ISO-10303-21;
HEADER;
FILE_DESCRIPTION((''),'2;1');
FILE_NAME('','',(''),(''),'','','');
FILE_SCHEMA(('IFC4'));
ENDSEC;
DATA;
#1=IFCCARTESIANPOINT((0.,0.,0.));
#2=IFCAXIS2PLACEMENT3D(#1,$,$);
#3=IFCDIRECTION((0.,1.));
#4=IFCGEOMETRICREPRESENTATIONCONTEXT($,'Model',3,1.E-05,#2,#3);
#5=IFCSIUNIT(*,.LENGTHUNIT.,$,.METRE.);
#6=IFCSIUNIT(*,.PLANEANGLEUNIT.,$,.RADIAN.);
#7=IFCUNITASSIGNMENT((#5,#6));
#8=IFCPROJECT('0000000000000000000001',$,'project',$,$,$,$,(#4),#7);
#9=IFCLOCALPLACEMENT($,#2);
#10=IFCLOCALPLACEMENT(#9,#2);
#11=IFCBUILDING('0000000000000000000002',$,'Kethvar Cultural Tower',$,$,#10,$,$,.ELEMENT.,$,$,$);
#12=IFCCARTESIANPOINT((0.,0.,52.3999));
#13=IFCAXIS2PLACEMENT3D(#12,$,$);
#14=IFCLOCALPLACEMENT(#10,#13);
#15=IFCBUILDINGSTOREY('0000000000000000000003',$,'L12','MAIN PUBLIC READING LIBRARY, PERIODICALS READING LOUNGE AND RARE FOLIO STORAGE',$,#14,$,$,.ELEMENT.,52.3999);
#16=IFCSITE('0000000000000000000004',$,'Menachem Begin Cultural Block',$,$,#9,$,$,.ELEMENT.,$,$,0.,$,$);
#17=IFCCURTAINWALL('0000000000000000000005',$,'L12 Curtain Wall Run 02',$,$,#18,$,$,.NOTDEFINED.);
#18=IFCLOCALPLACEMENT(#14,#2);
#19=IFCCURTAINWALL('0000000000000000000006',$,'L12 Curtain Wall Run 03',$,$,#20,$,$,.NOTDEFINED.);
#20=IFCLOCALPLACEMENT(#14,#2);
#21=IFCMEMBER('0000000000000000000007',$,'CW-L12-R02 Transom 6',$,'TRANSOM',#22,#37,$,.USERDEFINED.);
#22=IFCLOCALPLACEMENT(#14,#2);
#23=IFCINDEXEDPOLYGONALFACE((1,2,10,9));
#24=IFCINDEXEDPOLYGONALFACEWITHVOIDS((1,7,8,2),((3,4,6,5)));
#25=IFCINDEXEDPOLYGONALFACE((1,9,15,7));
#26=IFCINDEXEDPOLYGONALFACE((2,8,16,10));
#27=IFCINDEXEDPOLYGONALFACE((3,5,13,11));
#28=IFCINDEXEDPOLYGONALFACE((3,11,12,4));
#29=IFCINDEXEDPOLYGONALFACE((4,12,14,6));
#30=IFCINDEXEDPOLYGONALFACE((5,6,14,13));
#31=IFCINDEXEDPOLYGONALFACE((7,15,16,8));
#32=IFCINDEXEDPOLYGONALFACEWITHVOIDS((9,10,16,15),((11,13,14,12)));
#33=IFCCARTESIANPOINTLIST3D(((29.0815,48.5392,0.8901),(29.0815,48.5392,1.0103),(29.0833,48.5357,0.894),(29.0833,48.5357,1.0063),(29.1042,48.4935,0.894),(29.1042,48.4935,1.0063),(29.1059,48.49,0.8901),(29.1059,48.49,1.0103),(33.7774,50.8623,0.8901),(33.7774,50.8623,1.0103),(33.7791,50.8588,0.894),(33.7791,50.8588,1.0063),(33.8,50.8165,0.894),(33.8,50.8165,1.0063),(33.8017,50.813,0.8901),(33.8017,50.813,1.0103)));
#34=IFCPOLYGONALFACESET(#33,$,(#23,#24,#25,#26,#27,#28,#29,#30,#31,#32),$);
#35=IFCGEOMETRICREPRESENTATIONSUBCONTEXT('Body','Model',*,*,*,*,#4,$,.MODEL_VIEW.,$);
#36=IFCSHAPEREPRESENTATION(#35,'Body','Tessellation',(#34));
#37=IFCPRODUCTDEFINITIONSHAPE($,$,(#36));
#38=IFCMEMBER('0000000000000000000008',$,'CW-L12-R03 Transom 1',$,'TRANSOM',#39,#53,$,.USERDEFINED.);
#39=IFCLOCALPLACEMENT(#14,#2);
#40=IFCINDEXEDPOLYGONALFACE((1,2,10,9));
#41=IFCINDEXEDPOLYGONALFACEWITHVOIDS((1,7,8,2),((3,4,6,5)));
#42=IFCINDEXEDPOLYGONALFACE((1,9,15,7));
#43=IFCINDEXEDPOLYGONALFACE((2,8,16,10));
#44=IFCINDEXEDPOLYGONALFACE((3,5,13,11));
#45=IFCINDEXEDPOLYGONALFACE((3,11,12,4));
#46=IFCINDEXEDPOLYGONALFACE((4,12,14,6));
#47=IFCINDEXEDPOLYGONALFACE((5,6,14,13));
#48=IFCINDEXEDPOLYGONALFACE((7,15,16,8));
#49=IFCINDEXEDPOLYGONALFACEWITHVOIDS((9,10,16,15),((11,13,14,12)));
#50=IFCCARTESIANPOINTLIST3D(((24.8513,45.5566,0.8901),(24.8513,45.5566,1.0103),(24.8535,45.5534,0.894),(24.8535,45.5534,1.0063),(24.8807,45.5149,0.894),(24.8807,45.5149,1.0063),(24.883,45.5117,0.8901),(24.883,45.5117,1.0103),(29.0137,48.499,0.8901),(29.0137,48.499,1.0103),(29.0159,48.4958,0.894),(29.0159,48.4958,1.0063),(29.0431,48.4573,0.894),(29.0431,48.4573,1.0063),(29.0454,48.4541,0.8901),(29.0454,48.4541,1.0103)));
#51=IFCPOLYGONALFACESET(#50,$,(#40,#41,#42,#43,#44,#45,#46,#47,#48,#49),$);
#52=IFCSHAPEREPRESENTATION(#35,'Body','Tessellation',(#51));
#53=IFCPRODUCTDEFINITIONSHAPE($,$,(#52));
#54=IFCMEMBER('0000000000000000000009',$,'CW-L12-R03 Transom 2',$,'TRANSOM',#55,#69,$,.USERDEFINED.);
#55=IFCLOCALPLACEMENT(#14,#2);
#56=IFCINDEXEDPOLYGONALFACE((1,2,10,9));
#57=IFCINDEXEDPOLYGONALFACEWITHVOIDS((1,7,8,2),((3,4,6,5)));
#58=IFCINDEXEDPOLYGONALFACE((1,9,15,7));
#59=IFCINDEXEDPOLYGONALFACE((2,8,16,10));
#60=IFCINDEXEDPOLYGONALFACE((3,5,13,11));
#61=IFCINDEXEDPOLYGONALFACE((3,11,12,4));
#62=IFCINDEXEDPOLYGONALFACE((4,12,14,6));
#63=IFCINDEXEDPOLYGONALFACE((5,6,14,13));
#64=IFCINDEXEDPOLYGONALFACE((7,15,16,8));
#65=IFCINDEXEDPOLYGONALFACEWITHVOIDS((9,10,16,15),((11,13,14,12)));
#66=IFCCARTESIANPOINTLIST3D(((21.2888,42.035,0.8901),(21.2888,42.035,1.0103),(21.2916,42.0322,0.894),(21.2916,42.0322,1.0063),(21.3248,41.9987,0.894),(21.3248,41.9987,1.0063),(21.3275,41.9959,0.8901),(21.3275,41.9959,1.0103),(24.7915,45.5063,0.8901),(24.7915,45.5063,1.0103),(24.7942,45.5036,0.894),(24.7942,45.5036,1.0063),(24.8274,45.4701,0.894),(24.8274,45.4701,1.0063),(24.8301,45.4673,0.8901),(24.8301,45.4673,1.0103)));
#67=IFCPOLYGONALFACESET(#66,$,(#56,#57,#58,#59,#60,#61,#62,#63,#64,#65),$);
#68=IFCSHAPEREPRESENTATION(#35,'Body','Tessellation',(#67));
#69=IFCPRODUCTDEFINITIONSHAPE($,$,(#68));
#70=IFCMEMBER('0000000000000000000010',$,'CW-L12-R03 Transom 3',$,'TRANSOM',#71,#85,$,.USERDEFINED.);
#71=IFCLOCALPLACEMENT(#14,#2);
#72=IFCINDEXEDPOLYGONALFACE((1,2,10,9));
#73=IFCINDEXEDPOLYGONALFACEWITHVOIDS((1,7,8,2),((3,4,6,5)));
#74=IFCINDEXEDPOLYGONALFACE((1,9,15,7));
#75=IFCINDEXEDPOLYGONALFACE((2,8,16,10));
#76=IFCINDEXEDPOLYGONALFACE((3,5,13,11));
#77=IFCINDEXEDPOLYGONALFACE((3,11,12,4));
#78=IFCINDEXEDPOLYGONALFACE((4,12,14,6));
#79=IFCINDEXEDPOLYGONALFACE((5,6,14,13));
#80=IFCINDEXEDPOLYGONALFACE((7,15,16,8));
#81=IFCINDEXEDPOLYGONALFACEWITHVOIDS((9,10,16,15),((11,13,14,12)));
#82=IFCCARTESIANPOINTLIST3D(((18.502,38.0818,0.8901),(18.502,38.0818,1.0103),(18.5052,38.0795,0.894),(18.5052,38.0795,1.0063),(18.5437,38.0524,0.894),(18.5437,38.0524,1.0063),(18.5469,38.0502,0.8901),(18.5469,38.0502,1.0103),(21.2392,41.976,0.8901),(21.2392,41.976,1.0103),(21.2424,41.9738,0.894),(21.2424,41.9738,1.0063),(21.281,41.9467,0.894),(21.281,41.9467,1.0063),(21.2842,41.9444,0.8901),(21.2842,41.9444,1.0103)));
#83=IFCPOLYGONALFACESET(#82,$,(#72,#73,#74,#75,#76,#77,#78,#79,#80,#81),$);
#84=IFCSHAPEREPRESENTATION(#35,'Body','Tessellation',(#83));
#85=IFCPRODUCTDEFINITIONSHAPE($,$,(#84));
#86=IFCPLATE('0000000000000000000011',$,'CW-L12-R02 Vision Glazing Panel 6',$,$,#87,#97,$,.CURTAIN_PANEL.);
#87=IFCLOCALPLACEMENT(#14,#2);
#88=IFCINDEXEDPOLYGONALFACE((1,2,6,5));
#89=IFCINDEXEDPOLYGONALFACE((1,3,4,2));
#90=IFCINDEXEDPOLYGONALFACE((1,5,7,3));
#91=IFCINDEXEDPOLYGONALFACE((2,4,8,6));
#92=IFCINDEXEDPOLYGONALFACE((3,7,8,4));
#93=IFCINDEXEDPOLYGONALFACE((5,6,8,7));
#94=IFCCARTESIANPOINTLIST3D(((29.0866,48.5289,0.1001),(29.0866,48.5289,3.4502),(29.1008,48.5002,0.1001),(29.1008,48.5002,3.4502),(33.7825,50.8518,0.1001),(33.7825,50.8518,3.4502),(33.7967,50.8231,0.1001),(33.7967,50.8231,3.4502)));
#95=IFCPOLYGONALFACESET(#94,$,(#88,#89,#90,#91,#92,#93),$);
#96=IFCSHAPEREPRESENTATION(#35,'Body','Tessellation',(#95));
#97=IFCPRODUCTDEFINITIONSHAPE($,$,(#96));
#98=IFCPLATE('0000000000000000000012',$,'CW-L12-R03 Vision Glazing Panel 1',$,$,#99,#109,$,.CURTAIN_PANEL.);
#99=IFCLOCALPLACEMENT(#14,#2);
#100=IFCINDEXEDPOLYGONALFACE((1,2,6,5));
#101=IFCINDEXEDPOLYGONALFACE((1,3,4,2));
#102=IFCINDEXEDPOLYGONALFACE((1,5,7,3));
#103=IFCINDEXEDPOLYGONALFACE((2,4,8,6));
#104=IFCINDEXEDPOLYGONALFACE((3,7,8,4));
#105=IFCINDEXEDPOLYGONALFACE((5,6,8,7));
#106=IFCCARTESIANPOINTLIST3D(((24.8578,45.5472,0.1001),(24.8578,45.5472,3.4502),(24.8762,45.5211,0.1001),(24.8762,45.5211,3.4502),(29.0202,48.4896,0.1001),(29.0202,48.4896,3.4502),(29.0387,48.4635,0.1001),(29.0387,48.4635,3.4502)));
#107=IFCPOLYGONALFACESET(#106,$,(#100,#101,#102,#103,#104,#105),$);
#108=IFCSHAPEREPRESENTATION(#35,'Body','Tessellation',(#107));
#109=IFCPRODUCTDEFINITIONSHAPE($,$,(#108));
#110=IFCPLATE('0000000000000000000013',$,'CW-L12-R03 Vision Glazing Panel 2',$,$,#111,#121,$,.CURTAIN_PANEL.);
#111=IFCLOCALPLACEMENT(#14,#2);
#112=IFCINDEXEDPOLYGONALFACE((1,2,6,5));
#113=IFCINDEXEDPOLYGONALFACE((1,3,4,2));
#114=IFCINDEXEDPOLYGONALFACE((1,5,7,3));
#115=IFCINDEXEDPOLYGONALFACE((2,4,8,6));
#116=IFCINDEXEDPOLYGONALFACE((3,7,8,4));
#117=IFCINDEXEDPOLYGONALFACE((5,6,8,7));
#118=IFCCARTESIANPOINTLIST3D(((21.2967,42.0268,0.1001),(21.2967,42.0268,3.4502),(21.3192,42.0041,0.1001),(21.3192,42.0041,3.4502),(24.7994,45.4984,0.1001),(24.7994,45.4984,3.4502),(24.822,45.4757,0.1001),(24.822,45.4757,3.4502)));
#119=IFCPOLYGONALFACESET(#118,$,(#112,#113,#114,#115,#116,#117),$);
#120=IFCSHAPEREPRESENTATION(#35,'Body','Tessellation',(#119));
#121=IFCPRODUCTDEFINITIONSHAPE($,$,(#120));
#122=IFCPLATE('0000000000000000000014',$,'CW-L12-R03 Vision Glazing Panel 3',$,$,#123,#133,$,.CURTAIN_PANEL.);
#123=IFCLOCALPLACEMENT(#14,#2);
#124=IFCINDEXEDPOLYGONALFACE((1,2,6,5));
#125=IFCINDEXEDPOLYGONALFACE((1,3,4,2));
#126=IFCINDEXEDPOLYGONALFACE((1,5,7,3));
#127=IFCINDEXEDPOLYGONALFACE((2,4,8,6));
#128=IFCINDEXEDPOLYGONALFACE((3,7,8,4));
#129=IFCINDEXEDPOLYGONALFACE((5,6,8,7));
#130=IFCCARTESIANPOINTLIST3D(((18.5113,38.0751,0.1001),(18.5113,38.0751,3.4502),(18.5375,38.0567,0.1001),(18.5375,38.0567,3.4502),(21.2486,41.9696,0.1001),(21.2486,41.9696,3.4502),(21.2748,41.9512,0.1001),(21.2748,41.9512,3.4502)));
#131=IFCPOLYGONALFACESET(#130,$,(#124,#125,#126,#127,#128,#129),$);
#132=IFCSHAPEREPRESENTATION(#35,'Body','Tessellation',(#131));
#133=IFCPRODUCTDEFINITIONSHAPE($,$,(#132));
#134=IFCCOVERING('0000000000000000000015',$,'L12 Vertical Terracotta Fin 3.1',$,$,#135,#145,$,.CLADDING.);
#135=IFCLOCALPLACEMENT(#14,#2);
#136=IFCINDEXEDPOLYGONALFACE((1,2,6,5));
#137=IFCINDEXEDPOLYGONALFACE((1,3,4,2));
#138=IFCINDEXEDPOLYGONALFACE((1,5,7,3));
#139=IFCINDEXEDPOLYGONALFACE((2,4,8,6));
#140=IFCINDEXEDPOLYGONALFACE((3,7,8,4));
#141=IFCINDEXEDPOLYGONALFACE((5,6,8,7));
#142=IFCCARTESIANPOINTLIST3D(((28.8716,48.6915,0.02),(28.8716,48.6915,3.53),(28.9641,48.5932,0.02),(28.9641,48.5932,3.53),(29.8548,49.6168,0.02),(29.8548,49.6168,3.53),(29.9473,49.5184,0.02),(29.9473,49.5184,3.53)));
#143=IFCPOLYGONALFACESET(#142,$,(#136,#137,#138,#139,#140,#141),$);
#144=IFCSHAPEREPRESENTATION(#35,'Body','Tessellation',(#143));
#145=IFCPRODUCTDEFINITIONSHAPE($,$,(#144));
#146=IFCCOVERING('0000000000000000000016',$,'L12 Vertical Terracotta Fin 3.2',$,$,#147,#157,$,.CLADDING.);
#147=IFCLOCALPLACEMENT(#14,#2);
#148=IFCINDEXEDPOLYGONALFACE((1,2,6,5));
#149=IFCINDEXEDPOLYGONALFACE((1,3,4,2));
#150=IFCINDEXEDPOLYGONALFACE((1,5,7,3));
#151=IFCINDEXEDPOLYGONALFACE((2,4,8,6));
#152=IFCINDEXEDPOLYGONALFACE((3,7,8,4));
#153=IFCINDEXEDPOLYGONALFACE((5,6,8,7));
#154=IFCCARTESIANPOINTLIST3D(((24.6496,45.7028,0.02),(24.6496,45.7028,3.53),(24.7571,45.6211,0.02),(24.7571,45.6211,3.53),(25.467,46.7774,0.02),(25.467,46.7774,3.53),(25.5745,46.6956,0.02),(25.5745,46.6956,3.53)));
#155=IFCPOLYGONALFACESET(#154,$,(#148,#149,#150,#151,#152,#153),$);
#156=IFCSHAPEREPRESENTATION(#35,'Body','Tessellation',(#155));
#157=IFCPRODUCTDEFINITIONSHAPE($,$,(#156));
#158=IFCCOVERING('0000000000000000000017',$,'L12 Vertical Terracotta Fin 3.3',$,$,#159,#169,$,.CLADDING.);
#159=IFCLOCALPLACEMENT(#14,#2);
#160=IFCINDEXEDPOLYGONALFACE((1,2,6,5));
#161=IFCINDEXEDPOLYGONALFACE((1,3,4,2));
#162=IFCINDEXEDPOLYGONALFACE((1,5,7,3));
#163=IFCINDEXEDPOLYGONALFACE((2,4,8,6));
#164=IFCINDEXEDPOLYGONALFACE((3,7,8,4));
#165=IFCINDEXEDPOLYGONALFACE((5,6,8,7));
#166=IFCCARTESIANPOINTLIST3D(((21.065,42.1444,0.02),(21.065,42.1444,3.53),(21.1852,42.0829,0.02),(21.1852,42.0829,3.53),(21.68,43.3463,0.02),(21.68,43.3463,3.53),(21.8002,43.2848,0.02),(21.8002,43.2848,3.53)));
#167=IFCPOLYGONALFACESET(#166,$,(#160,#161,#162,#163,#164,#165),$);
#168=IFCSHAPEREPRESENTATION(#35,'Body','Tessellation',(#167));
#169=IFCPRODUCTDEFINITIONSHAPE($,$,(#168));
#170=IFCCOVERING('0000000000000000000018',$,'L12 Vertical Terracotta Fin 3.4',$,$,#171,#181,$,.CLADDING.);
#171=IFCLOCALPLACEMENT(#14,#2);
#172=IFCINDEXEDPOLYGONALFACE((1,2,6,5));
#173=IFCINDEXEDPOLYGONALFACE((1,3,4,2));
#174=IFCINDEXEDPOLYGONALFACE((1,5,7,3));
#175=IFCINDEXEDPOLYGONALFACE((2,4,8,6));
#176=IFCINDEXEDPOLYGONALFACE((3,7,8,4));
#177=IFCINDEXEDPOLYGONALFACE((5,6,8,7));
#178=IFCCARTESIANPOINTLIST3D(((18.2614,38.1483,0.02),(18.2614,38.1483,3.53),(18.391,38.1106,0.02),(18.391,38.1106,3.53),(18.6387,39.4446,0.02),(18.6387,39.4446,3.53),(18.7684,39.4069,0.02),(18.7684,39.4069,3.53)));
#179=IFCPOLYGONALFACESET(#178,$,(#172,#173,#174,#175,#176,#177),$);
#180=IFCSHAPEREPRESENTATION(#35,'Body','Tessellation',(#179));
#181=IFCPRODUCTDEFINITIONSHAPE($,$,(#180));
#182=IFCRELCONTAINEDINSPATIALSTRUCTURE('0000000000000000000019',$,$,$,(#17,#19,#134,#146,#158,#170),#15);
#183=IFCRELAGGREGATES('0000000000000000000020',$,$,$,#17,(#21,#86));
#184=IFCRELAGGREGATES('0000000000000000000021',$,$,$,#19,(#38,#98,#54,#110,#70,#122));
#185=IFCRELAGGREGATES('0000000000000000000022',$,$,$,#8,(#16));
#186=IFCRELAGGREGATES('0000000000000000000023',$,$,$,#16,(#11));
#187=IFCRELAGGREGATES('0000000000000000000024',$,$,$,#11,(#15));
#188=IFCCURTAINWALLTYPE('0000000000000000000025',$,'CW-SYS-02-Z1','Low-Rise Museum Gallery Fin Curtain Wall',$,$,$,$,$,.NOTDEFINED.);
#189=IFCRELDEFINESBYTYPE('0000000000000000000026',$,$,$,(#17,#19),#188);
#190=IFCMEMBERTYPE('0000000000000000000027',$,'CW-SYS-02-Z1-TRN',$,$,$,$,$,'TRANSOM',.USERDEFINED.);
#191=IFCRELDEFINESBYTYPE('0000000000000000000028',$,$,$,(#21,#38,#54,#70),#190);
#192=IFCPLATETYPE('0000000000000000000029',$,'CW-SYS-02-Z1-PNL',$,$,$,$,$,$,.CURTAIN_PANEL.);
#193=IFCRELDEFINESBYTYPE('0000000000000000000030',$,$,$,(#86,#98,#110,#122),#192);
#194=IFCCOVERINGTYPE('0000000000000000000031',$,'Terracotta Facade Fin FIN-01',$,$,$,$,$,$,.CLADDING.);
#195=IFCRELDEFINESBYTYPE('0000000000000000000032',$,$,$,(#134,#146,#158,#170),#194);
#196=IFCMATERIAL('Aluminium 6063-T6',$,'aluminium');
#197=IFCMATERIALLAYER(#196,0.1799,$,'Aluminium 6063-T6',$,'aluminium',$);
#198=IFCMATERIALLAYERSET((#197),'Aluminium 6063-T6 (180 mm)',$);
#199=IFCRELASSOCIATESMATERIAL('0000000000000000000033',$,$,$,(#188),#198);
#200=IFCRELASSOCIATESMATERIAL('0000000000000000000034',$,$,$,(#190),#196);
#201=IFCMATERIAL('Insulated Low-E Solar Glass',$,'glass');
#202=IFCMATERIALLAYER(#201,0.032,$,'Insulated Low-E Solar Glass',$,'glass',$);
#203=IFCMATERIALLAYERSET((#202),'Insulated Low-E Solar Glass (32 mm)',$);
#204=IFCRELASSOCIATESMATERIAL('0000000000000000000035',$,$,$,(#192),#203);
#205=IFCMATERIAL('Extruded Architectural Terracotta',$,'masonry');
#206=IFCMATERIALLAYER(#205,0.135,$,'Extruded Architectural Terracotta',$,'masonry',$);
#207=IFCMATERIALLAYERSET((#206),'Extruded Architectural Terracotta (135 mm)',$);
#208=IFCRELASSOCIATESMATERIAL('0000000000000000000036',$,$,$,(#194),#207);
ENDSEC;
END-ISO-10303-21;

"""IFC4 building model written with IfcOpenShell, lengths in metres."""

from ifc_helpers import new_model, si_unit, direction, frame, origin, origin_2d, place, context, subcontext, project, spatial, rectangle, hollow_rectangle, extrude, source, transform, mapped, material, layer, layer_set, material_profile, profile_set, type_object, element, aggregate, save


model = new_model("IFC4")

# Units and contexts
model_context = context("Model", 3, precision=1e-05, world=origin(), true_north=direction((0.0, 1.0)))
body_context = subcontext(model_context, "Body", "Model", "MODEL_VIEW")
ifc_project = project(units=[si_unit("LENGTHUNIT", "METRE"), si_unit("PLANEANGLEUNIT", "RADIAN")], contexts=[model_context])

# Site, building, storey
site_placement = place(None, origin())
site = spatial("IfcSite", under=ifc_project, at=site_placement, Name="Menachem Begin Cultural Block", CompositionType="ELEMENT", RefElevation=0.0)
building_placement = place(site_placement, origin())
building = spatial("IfcBuilding", under=site, at=building_placement, Name="Kethvar Cultural Tower", CompositionType="ELEMENT")
storey_placement = place(building_placement, frame((0.0, 0.0, 52.3999)))
storey = spatial("IfcBuildingStorey", under=building, at=storey_placement, Name="L12", Description="MAIN PUBLIC READING LIBRARY, PERIODICALS READING LOUNGE AND RARE FOLIO STORAGE", CompositionType="ELEMENT", Elevation=52.3999)

# Curtain walls
ifc_material_1 = material(Name="Aluminium 6063-T6", Category="aluminium")
ifc_layer_1 = layer(ifc_material_1, 0.1799, Name="Aluminium 6063-T6", Category="aluminium")
ifc_layer_set_1 = layer_set([ifc_layer_1], Name="Aluminium 6063-T6 (180 mm)")
curtain_wall_type = type_object("IfcCurtainWallType", Name="CW-SYS-02-Z1", Description="Low-Rise Museum Gallery Fin Curtain Wall", PredefinedType="NOTDEFINED", material=ifc_layer_set_1)
curtain_wall_1_placement = place(storey_placement, origin())
curtain_wall_1 = element("IfcCurtainWall", 1, at=curtain_wall_1_placement, inside=storey, type_object=curtain_wall_type, Name="L12 Curtain Wall Run 02", PredefinedType="NOTDEFINED")
curtain_wall_2_placement = place(storey_placement, origin())
curtain_wall_2 = element("IfcCurtainWall", 2, at=curtain_wall_2_placement, inside=storey, type_object=curtain_wall_type, Name="L12 Curtain Wall Run 03", PredefinedType="NOTDEFINED")

# Members
ifc_material_profile_1 = material_profile(ifc_material_1, hollow_rectangle(XDim=0.0549, YDim=0.1201, WallThickness=0.0039, at=origin_2d()), Name="Aluminium 6063-T6 — RHS120x55x4")
ifc_profile_set_1 = profile_set([ifc_material_profile_1], Name="Aluminium 6063-T6 — RHS120x55x4")
member_type_1 = type_object("IfcMemberType", Name="CW-SYS-02-Z1-TRN", ElementType="TRANSOM", PredefinedType="USERDEFINED", material=ifc_profile_set_1)
shared_shape_1 = source(origin(), body_context, "Body", "SweptSolid", [
    extrude(hollow_rectangle(XDim=0.0549, YDim=0.1201, WallThickness=0.0039, at=origin_2d()), origin(), (0.0, 0.0, 1.0), 5.239),
])
member_1_placement = place(storey_placement, frame((33.7896, 50.8376, 0.9502), z_axis=(-0.89632, -0.443407, 0.0), x_axis=(0.443407, -0.89632, 0.0)))
member_1 = element("IfcMember", 3, at=member_1_placement, type_object=member_type_1, Name="CW-L12-R02 Transom 6", ObjectType="TRANSOM", PredefinedType="USERDEFINED", context=body_context, shape_type="MappedRepresentation", body=[
    mapped(shared_shape_1, transform((0.0, 0.0, 0.0), scale=1.0)),
])
shared_shape_2 = source(origin(), body_context, "Body", "SweptSolid", [
    extrude(hollow_rectangle(XDim=0.0549, YDim=0.1201, WallThickness=0.0039, at=origin_2d()), origin(), (0.0, 0.0, 1.0), 5.0974),
])
member_2_placement = place(storey_placement, frame((29.0295, 48.4766, 0.9502), z_axis=(-0.816575, -0.57724, 0.0), x_axis=(0.57724, -0.816575, 0.0)))
member_2 = element("IfcMember", 4, at=member_2_placement, type_object=member_type_1, Name="CW-L12-R03 Transom 1", ObjectType="TRANSOM", PredefinedType="USERDEFINED", context=body_context, shape_type="MappedRepresentation", body=[
    mapped(shared_shape_2, transform((0.0, 0.0, 0.0), scale=1.0)),
])
shared_shape_3 = source(origin(), body_context, "Body", "SweptSolid", [
    extrude(hollow_rectangle(XDim=0.0549, YDim=0.1201, WallThickness=0.0039, at=origin_2d()), origin(), (0.0, 0.0, 1.0), 4.9314),
])
member_3_placement = place(storey_placement, frame((24.8108, 45.4868, 0.9502), z_axis=(-0.710268, -0.703931, 0.0), x_axis=(0.703931, -0.710268, 0.0)))
member_3 = element("IfcMember", 5, at=member_3_placement, type_object=member_type_1, Name="CW-L12-R03 Transom 2", ObjectType="TRANSOM", PredefinedType="USERDEFINED", context=body_context, shape_type="MappedRepresentation", body=[
    mapped(shared_shape_3, transform((0.0, 0.0, 0.0), scale=1.0)),
])
shared_shape_4 = source(origin(), body_context, "Body", "SweptSolid", [
    extrude(hollow_rectangle(XDim=0.0549, YDim=0.1201, WallThickness=0.0039, at=origin_2d()), origin(), (0.0, 0.0, 1.0), 4.76),
])
member_4_placement = place(storey_placement, frame((21.2617, 41.9602, 0.9502), z_axis=(-0.575055, -0.818115, 0.0), x_axis=(0.818115, -0.575055, 0.0)))
member_4 = element("IfcMember", 6, at=member_4_placement, type_object=member_type_1, Name="CW-L12-R03 Transom 3", ObjectType="TRANSOM", PredefinedType="USERDEFINED", context=body_context, shape_type="MappedRepresentation", body=[
    mapped(shared_shape_4, transform((0.0, 0.0, 0.0), scale=1.0)),
])

# Plates
ifc_material_2 = material(Name="Insulated Low-E Solar Glass", Category="glass")
ifc_layer_2 = layer(ifc_material_2, 0.032, Name="Insulated Low-E Solar Glass", Category="glass")
ifc_layer_set_2 = layer_set([ifc_layer_2], Name="Insulated Low-E Solar Glass (32 mm)")
plate_type = type_object("IfcPlateType", Name="CW-SYS-02-Z1-PNL", PredefinedType="CURTAIN_PANEL", material=ifc_layer_set_2)
shared_shape_5 = source(origin(), body_context, "Body", "SweptSolid", [
    extrude(rectangle(XDim=5.239, YDim=0.032, at=origin_2d()), origin(), (0.0, 0.0, 1.0), 3.3501),
])
plate_1_placement = place(storey_placement, frame((31.4417, 49.676, 0.1001), z_axis=(0.0, 0.0, 1.0), x_axis=(-0.896332, -0.443384, 0.0)))
plate_1 = element("IfcPlate", 7, at=plate_1_placement, type_object=plate_type, Name="CW-L12-R02 Vision Glazing Panel 6", PredefinedType="CURTAIN_PANEL", context=body_context, shape_type="MappedRepresentation", body=[
    mapped(shared_shape_5, transform((0.0, 0.0, 0.0), scale=1.0)),
])
aggregate(curtain_wall_1, [member_1, plate_1])
shared_shape_6 = source(origin(), body_context, "Body", "SweptSolid", [
    extrude(rectangle(XDim=5.0974, YDim=0.032, at=origin_2d()), origin(), (0.0, 0.0, 1.0), 3.3501),
])
plate_2_placement = place(storey_placement, frame((26.9482, 47.0054, 0.1001), z_axis=(0.0, 0.0, 1.0), x_axis=(-0.816581, -0.577231, 0.0)))
plate_2 = element("IfcPlate", 8, at=plate_2_placement, type_object=plate_type, Name="CW-L12-R03 Vision Glazing Panel 1", PredefinedType="CURTAIN_PANEL", context=body_context, shape_type="MappedRepresentation", body=[
    mapped(shared_shape_6, transform((0.0, 0.0, 0.0), scale=1.0)),
])
shared_shape_7 = source(origin(), body_context, "Body", "SweptSolid", [
    extrude(rectangle(XDim=4.9316, YDim=0.032, at=origin_2d()), origin(), (0.0, 0.0, 1.0), 3.3501),
])
plate_3_placement = place(storey_placement, frame((23.0593, 43.7512, 0.1001), z_axis=(0.0, 0.0, 1.0), x_axis=(-0.710259, -0.70394, 0.0)))
plate_3 = element("IfcPlate", 9, at=plate_3_placement, type_object=plate_type, Name="CW-L12-R03 Vision Glazing Panel 2", PredefinedType="CURTAIN_PANEL", context=body_context, shape_type="MappedRepresentation", body=[
    mapped(shared_shape_7, transform((0.0, 0.0, 0.0), scale=1.0)),
])
shared_shape_8 = source(origin(), body_context, "Body", "SweptSolid", [
    extrude(rectangle(XDim=4.7603, YDim=0.032, at=origin_2d()), origin(), (0.0, 0.0, 1.0), 3.3501),
])
plate_4_placement = place(storey_placement, frame((19.8931, 40.0132, 0.1001), z_axis=(0.0, 0.0, 1.0), x_axis=(-0.575034, -0.81813, 0.0)))
plate_4 = element("IfcPlate", 10, at=plate_4_placement, type_object=plate_type, Name="CW-L12-R03 Vision Glazing Panel 3", PredefinedType="CURTAIN_PANEL", context=body_context, shape_type="MappedRepresentation", body=[
    mapped(shared_shape_8, transform((0.0, 0.0, 0.0), scale=1.0)),
])
aggregate(curtain_wall_2, [member_2, plate_2, member_3, plate_3, member_4, plate_4])

# Coverings
ifc_material_3 = material(Name="Extruded Architectural Terracotta", Category="masonry")
ifc_layer_3 = layer(ifc_material_3, 0.135, Name="Extruded Architectural Terracotta", Category="masonry")
ifc_layer_set_3 = layer_set([ifc_layer_3], Name="Extruded Architectural Terracotta (135 mm)")
covering_type = type_object("IfcCoveringType", Name="Terracotta Facade Fin FIN-01", PredefinedType="CLADDING", material=ifc_layer_set_3)
shared_shape_9 = source(origin(), body_context, "Body", "SweptSolid", [
    extrude(rectangle(XDim=1.3501, YDim=0.135, at=origin_2d()), origin(), (0.0, 0.0, 1.0), 3.51),
])
for number, where, z_axis, x_axis, name in (
    (11, (29.4094, 49.105, 0.02), (0.0, 0.0, 1.0), (0.728251, 0.68531, 0.0), "L12 Vertical Terracotta Fin 3.1"),
    (12, (25.1121, 46.1992, 0.02), (0.0, 0.0, 1.0), (0.605433, 0.795896, 0.0), "L12 Vertical Terracotta Fin 3.2"),
    (13, (21.4326, 42.7146, 0.02), (0.0, 0.0, 1.0), (0.455545, 0.890213, 0.0), "L12 Vertical Terracotta Fin 3.3"),
    (14, (18.5149, 38.7776, 0.02), (0.0, 0.0, 1.0), (0.279494, 0.960147, 0.0), "L12 Vertical Terracotta Fin 3.4"),
):
    element("IfcCovering", number, at=place(storey_placement, frame(where, z_axis=z_axis, x_axis=x_axis)), inside=storey, type_object=covering_type, Name=name, PredefinedType="CLADDING", context=body_context, shape_type="MappedRepresentation", body=[
        mapped(shared_shape_9, transform((0.0, 0.0, 0.0), scale=1.0)),
    ])

save(model, "model.ifc")
